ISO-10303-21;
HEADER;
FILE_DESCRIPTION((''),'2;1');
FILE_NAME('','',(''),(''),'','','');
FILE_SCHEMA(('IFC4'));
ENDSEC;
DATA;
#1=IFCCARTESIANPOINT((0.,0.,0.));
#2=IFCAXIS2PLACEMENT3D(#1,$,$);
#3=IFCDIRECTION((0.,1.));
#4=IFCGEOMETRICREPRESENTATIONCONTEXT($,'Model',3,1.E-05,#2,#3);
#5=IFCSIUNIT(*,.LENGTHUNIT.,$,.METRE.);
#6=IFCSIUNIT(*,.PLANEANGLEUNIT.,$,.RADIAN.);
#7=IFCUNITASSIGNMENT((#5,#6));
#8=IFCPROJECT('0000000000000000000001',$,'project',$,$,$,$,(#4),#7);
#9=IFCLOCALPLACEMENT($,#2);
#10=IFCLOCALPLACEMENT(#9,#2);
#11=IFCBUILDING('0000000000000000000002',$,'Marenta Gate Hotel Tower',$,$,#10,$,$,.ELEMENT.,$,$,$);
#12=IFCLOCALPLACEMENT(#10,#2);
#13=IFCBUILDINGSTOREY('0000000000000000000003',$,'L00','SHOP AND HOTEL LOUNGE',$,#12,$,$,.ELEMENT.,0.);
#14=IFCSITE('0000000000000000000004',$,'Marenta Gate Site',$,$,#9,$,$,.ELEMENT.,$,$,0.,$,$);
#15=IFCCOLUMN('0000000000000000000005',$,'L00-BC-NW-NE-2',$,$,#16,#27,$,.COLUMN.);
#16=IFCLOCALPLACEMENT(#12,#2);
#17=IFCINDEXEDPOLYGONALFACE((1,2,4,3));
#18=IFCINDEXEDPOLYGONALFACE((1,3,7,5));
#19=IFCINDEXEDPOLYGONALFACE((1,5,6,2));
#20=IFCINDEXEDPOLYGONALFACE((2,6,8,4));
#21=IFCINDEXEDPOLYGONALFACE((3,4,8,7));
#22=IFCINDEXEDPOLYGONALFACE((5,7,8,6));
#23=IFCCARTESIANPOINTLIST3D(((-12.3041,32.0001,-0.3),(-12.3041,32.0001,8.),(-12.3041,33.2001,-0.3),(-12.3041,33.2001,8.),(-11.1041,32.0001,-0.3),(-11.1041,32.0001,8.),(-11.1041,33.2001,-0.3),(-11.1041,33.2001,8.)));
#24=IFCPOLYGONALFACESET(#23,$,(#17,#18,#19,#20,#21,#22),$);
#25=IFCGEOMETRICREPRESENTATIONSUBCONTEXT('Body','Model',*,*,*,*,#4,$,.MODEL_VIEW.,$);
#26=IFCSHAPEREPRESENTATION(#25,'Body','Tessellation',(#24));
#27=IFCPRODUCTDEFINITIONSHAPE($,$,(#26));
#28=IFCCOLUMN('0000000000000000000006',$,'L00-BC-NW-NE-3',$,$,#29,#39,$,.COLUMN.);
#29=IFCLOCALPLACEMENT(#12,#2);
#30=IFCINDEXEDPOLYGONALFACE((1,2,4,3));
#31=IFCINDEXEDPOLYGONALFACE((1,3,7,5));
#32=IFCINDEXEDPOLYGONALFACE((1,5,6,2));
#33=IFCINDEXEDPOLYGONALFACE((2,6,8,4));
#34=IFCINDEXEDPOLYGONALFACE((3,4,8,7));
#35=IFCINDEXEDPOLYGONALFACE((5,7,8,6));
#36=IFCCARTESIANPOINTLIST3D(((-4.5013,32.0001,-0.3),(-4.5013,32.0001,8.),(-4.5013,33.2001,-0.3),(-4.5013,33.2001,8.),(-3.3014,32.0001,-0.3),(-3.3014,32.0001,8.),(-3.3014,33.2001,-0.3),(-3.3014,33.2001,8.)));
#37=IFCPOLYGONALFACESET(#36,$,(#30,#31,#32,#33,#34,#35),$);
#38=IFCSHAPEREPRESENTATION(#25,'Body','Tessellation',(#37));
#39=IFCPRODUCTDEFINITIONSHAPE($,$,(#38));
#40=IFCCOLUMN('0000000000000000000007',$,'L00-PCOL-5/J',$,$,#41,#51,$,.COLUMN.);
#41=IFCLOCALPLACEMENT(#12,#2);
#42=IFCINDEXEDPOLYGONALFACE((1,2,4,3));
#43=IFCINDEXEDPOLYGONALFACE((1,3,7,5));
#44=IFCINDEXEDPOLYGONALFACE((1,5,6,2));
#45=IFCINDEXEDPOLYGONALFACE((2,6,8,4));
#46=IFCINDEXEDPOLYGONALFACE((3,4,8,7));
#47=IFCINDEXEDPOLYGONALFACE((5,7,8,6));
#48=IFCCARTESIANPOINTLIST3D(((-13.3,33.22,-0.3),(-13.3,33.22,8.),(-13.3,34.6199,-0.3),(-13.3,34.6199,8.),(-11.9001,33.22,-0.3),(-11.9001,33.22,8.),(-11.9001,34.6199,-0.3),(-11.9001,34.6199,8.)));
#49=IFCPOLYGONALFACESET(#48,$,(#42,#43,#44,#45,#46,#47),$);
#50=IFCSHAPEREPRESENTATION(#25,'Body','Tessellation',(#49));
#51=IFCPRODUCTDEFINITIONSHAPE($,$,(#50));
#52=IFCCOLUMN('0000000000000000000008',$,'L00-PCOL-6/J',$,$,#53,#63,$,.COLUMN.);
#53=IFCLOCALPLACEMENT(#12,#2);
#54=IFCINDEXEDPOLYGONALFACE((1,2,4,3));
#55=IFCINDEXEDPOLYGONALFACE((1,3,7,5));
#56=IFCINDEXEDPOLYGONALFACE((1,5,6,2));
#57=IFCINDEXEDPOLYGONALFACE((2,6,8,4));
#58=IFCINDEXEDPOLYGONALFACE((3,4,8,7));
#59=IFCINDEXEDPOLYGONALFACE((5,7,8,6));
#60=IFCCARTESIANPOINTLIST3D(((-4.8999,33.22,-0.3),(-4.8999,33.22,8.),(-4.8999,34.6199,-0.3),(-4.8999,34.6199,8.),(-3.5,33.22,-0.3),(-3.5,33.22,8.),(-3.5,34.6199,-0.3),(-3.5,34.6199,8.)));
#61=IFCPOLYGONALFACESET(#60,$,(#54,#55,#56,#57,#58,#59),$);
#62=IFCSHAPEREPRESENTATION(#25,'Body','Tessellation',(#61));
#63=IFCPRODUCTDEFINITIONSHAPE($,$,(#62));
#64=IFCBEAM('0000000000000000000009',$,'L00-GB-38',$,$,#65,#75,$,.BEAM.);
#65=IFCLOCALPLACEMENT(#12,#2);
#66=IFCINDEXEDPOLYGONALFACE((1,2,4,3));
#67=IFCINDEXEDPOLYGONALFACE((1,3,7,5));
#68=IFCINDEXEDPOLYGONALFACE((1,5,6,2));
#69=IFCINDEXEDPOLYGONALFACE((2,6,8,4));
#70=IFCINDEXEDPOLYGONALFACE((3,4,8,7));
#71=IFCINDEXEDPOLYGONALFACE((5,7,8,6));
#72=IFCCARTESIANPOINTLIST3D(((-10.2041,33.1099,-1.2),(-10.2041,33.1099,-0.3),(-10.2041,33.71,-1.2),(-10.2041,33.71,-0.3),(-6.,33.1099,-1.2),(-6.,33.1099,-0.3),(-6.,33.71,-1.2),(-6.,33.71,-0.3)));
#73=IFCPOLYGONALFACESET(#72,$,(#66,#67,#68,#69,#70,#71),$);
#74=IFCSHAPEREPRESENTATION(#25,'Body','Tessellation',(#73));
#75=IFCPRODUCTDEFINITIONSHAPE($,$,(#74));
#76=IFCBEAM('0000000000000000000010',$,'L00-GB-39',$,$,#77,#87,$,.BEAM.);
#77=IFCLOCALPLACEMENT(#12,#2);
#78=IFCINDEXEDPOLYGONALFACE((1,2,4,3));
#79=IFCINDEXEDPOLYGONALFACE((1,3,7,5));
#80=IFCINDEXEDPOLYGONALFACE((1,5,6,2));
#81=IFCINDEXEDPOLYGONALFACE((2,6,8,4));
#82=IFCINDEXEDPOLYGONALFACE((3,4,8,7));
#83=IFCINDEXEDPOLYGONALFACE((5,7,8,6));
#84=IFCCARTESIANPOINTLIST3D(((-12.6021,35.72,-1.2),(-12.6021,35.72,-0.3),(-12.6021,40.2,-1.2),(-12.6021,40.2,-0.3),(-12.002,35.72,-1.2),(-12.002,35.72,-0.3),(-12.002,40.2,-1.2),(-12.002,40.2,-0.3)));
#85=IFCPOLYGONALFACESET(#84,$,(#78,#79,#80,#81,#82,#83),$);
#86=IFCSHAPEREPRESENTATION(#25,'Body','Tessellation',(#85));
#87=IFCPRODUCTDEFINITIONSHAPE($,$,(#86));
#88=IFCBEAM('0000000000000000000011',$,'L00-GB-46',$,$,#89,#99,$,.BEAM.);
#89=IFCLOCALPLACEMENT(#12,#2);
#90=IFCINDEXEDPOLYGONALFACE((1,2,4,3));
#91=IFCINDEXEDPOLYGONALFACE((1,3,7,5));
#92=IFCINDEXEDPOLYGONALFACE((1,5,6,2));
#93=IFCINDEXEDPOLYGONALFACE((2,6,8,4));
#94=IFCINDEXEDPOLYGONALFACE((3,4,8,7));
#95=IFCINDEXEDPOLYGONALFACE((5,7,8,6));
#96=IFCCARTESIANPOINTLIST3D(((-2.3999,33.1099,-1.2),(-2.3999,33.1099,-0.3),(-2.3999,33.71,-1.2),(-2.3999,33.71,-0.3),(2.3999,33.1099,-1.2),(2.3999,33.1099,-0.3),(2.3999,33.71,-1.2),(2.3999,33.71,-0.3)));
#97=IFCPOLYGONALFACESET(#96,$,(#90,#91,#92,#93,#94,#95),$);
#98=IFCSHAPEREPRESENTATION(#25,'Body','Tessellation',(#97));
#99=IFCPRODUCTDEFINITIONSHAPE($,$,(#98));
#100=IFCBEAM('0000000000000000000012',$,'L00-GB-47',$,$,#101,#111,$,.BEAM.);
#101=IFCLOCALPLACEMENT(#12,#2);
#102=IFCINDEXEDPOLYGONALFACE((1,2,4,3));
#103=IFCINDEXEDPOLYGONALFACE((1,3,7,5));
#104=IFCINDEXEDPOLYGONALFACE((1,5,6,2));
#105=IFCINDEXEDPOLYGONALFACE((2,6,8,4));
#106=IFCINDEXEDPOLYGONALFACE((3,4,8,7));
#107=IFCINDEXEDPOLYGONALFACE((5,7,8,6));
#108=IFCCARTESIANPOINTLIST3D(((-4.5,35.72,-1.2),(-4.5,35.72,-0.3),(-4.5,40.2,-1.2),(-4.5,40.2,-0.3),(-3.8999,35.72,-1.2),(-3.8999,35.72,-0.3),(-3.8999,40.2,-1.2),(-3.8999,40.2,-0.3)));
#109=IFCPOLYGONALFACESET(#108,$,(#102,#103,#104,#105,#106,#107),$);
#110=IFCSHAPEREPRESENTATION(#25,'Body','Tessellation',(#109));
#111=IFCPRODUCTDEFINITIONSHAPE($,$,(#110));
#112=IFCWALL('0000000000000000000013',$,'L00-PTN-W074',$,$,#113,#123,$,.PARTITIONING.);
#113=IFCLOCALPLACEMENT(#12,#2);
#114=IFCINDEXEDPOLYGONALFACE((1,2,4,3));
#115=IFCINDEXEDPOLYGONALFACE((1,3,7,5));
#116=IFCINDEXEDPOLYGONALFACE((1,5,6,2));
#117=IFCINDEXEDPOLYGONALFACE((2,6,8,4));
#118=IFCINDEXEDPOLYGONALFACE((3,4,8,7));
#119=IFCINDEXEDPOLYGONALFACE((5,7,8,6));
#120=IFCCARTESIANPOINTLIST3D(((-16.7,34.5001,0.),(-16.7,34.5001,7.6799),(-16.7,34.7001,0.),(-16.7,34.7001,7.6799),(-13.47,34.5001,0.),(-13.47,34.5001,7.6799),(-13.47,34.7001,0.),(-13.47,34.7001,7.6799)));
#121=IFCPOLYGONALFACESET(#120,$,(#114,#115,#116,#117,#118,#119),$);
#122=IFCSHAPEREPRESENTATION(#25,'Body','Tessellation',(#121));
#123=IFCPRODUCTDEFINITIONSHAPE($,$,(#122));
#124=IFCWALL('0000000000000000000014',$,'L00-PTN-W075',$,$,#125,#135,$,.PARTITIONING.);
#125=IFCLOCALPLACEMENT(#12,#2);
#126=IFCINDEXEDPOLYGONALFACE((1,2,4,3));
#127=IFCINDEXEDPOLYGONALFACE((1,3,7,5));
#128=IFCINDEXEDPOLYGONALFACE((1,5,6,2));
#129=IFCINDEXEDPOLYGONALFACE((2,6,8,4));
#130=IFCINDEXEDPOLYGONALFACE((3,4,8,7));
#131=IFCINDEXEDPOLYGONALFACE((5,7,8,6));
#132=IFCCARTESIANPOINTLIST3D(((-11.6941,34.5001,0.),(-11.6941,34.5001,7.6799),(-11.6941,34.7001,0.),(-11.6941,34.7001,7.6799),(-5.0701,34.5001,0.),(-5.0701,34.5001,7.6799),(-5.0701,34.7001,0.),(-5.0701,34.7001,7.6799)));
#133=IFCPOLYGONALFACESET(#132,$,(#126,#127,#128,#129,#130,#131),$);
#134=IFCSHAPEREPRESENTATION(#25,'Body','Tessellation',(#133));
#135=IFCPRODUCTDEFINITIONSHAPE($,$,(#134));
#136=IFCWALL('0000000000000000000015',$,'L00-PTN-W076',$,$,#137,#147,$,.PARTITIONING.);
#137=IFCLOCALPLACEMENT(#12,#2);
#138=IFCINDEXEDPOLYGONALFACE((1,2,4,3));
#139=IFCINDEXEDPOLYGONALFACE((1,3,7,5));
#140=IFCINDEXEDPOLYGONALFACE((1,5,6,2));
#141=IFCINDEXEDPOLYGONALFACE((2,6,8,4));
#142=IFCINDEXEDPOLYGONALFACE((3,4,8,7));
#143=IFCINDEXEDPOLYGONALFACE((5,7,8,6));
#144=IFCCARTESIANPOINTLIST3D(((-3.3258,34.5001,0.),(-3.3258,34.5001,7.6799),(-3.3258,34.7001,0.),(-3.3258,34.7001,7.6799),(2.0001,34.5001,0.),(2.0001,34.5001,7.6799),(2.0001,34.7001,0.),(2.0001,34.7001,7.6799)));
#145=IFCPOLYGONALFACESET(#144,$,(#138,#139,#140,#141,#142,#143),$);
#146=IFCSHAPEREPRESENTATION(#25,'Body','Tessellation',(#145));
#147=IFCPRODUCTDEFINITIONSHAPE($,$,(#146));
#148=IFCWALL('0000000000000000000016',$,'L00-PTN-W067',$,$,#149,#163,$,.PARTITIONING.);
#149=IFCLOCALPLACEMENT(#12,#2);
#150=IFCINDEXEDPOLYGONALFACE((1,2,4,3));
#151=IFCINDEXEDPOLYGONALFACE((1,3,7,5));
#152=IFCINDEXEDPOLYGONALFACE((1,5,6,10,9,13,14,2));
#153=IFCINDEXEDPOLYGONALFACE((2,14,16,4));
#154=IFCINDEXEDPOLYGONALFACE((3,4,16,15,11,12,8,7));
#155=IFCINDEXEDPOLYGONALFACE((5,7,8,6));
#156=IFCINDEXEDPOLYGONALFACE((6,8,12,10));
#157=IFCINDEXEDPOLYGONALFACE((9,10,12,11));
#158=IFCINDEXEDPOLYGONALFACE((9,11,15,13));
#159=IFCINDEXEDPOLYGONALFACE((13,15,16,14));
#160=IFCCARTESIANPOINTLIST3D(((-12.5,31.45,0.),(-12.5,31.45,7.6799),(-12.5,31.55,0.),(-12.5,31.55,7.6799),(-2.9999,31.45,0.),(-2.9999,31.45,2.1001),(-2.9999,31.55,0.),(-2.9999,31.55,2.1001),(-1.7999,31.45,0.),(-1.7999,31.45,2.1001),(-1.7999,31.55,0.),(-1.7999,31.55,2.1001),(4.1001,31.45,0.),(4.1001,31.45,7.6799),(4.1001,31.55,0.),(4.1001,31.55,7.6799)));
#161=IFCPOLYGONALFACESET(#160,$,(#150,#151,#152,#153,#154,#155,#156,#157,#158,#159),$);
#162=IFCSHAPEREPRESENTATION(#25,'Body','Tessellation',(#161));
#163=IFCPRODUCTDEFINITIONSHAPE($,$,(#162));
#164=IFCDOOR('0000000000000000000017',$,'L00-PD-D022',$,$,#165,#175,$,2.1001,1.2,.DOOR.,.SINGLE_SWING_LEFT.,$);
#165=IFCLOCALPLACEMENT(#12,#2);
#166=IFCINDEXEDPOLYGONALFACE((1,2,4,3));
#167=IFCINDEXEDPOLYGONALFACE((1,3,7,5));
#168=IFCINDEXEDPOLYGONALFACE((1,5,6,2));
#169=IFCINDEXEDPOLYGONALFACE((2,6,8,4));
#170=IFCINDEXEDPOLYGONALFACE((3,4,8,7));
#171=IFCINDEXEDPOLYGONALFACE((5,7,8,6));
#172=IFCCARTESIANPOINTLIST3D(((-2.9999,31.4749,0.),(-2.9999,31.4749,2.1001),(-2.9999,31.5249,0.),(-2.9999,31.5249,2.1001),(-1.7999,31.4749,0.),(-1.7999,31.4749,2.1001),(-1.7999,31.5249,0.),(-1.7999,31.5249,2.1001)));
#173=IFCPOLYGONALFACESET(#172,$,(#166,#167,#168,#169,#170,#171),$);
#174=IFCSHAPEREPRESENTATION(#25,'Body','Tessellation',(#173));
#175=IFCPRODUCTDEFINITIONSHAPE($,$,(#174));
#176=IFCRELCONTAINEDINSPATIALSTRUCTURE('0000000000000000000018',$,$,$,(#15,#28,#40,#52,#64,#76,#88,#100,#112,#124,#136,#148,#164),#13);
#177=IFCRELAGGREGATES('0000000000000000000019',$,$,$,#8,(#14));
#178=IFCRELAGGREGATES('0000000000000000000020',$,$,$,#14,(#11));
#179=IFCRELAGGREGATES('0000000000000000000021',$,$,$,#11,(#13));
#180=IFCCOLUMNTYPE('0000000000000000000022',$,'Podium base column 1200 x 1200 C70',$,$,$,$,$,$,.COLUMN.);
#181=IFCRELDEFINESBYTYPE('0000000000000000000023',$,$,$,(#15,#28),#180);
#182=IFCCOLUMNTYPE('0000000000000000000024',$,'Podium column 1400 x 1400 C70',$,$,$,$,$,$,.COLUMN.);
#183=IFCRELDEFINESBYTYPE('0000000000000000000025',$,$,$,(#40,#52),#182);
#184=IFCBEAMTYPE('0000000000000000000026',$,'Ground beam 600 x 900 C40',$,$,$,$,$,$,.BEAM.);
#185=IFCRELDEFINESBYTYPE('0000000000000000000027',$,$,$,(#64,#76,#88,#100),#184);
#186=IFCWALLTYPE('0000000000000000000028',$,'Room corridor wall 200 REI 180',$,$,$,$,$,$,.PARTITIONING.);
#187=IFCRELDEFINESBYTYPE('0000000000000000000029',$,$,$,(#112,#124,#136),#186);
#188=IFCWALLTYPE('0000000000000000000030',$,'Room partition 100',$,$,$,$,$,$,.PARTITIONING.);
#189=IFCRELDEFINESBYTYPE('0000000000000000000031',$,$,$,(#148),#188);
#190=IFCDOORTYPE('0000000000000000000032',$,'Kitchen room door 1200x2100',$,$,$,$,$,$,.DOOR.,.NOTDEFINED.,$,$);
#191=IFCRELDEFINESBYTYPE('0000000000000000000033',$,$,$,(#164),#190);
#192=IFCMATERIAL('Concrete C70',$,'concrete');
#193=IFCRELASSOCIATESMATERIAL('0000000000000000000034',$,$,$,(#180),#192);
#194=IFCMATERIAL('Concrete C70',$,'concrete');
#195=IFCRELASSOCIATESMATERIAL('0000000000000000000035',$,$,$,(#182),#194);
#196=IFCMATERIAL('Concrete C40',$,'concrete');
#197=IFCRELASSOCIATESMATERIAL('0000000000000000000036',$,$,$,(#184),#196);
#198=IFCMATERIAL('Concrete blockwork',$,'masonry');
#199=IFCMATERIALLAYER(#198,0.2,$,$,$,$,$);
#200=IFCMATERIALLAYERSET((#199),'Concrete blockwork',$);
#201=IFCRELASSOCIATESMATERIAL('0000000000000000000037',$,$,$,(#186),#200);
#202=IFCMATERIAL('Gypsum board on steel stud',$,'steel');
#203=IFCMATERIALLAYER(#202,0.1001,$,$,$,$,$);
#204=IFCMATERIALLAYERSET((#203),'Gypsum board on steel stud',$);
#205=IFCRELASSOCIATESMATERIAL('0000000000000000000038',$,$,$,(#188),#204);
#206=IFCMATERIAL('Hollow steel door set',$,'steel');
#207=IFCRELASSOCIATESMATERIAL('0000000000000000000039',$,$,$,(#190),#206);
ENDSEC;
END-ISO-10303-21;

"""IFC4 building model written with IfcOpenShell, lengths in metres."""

from ifc_helpers import new_model, si_unit, direction, frame, frame_2d, origin, origin_2d, place, context, subcontext, project, spatial, rectangle, extrude, material, layer, layer_set, material_profile, profile_set, type_object, element, fill, save


model = new_model("IFC4")

# Units and contexts
model_context = context("Model", 3, precision=1e-05, world=origin(), true_north=direction((0.0, 1.0)))
body_context = subcontext(model_context, "Body", "Model", "MODEL_VIEW")
ifc_project = project(units=[si_unit("LENGTHUNIT", "METRE"), si_unit("PLANEANGLEUNIT", "RADIAN")], contexts=[model_context])

# Site, building, storey
site_placement = place(None, origin())
site = spatial("IfcSite", under=ifc_project, at=site_placement, Name="Marenta Gate Site", CompositionType="ELEMENT", RefElevation=0.0)
building_placement = place(site_placement, origin())
building = spatial("IfcBuilding", under=site, at=building_placement, Name="Marenta Gate Hotel Tower", CompositionType="ELEMENT")
storey_placement = place(building_placement, origin())
storey = spatial("IfcBuildingStorey", under=building, at=storey_placement, Name="L00", Description="SHOP AND HOTEL LOUNGE", CompositionType="ELEMENT", Elevation=0.0)

# Columns
ifc_material_1 = material(Name="Concrete C70", Category="concrete")
ifc_material_profile_1 = material_profile(ifc_material_1, rectangle(XDim=1.2, YDim=1.2, at=origin_2d()), Name="1200 x 1200")
ifc_profile_set_1 = profile_set([ifc_material_profile_1], Name="Concrete C70")
column_type_1 = type_object("IfcColumnType", Name="Podium base column 1200 x 1200 C70", PredefinedType="COLUMN", material=ifc_profile_set_1)
for number, where, z_axis, x_axis, name in (
    (1, (-11.7041, 32.6001, -0.3), (0.0, 0.0, 1.0), (1.0, 0.0, 0.0), "L00-BC-NW-NE-2"),
    (2, (-3.9014, 32.6001, -0.3), (0.0, 0.0, 1.0), (1.0, 0.0, 0.0), "L00-BC-NW-NE-3"),
):
    element("IfcColumn", number, at=place(storey_placement, frame(where, z_axis=z_axis, x_axis=x_axis)), inside=storey, type_object=column_type_1, Name=name, PredefinedType="COLUMN", context=body_context, shape_type="SweptSolid", body=[
        extrude(rectangle(XDim=1.2, YDim=1.2, at=origin_2d()), origin(), (0.0, 0.0, 1.0), 8.3),
    ])
ifc_material_2 = material(Name="Concrete C70", Category="concrete")
ifc_material_profile_2 = material_profile(ifc_material_2, rectangle(XDim=1.3999, YDim=1.3999, at=origin_2d()), Name="1400 x 1400")
ifc_profile_set_2 = profile_set([ifc_material_profile_2], Name="Concrete C70")
column_type_2 = type_object("IfcColumnType", Name="Podium column 1400 x 1400 C70", PredefinedType="COLUMN", material=ifc_profile_set_2)
for number, where, z_axis, x_axis, name in (
    (3, (-12.6001, 33.9199, -0.3), (0.0, 0.0, 1.0), (1.0, 0.0, 0.0), "L00-PCOL-5/J"),
    (4, (-4.2, 33.9199, -0.3), (0.0, 0.0, 1.0), (1.0, 0.0, 0.0), "L00-PCOL-6/J"),
):
    element("IfcColumn", number, at=place(storey_placement, frame(where, z_axis=z_axis, x_axis=x_axis)), inside=storey, type_object=column_type_2, Name=name, PredefinedType="COLUMN", context=body_context, shape_type="SweptSolid", body=[
        extrude(rectangle(XDim=1.3999, YDim=1.3999, at=origin_2d()), origin(), (0.0, 0.0, 1.0), 8.3),
    ])

# Beams
ifc_material_3 = material(Name="Concrete C40", Category="concrete")
ifc_material_profile_3 = material_profile(ifc_material_3, rectangle(XDim=0.6001, YDim=0.8999, at=origin_2d()), Name="600 x 900")
ifc_profile_set_3 = profile_set([ifc_material_profile_3], Name="Concrete C40")
beam_type = type_object("IfcBeamType", Name="Ground beam 600 x 900 C40", PredefinedType="BEAM", material=ifc_profile_set_3)
beam_1_placement = place(storey_placement, frame((-10.2041, 33.4099, -0.75), z_axis=(1.0, 0.0, 0.0), x_axis=(0.0, 1.0, 0.0)))
element("IfcBeam", 5, at=beam_1_placement, inside=storey, type_object=beam_type, Name="L00-GB-38", PredefinedType="BEAM", context=body_context, shape_type="SweptSolid", body=[
    extrude(rectangle(XDim=0.6001, YDim=0.8999, at=origin_2d()), origin(), (0.0, 0.0, 1.0), 4.2041),
])
beam_2_placement = place(storey_placement, frame((-12.302, 35.72, -0.75), z_axis=(0.0, 1.0, 0.0), x_axis=(-1.0, 0.0, 0.0)))
element("IfcBeam", 6, at=beam_2_placement, inside=storey, type_object=beam_type, Name="L00-GB-39", PredefinedType="BEAM", context=body_context, shape_type="SweptSolid", body=[
    extrude(rectangle(XDim=0.6001, YDim=0.8999, at=origin_2d()), origin(), (0.0, 0.0, 1.0), 4.48),
])
beam_3_placement = place(storey_placement, frame((-2.3999, 33.4099, -0.75), z_axis=(1.0, 0.0, 0.0), x_axis=(0.0, 1.0, 0.0)))
element("IfcBeam", 7, at=beam_3_placement, inside=storey, type_object=beam_type, Name="L00-GB-46", PredefinedType="BEAM", context=body_context, shape_type="SweptSolid", body=[
    extrude(rectangle(XDim=0.6001, YDim=0.8999, at=origin_2d()), origin(), (0.0, 0.0, 1.0), 4.7998),
])
beam_4_placement = place(storey_placement, frame((-4.2, 35.72, -0.75), z_axis=(0.0, 1.0, 0.0), x_axis=(-1.0, 0.0, 0.0)))
element("IfcBeam", 8, at=beam_4_placement, inside=storey, type_object=beam_type, Name="L00-GB-47", PredefinedType="BEAM", context=body_context, shape_type="SweptSolid", body=[
    extrude(rectangle(XDim=0.6001, YDim=0.8999, at=origin_2d()), origin(), (0.0, 0.0, 1.0), 4.48),
])

# Walls
ifc_material_4 = material(Name="Concrete blockwork", Category="masonry")
ifc_layer_1 = layer(ifc_material_4, 0.2)
ifc_layer_set_1 = layer_set([ifc_layer_1], Name="Concrete blockwork")
wall_type_1 = type_object("IfcWallType", Name="Room corridor wall 200 REI 180", PredefinedType="PARTITIONING", material=ifc_layer_set_1)
wall_1_placement = place(storey_placement, frame((-16.7, 34.6001, 0.0), z_axis=(0.0, 0.0, 1.0), x_axis=(1.0, 0.0, 0.0)))
element("IfcWall", 9, at=wall_1_placement, inside=storey, type_object=wall_type_1, Name="L00-PTN-W074", PredefinedType="PARTITIONING", context=body_context, shape_type="SweptSolid", body=[
    extrude(rectangle(XDim=3.23, YDim=0.2, at=frame_2d((1.615, 0.0))), origin(), (0.0, 0.0, 1.0), 7.6799),
])
wall_2_placement = place(storey_placement, frame((-11.6941, 34.6001, 0.0), z_axis=(0.0, 0.0, 1.0), x_axis=(1.0, 0.0, 0.0)))
element("IfcWall", 10, at=wall_2_placement, inside=storey, type_object=wall_type_1, Name="L00-PTN-W075", PredefinedType="PARTITIONING", context=body_context, shape_type="SweptSolid", body=[
    extrude(rectangle(XDim=6.624, YDim=0.2, at=frame_2d((3.312, 0.0))), origin(), (0.0, 0.0, 1.0), 7.6799),
])
wall_3_placement = place(storey_placement, frame((-3.3259, 34.6001, 0.0), z_axis=(0.0, 0.0, 1.0), x_axis=(1.0, 0.0, 0.0)))
element("IfcWall", 11, at=wall_3_placement, inside=storey, type_object=wall_type_1, Name="L00-PTN-W076", PredefinedType="PARTITIONING", context=body_context, shape_type="SweptSolid", body=[
    extrude(rectangle(XDim=5.3259, YDim=0.2, at=frame_2d((2.6631, 0.0))), origin(), (0.0, 0.0, 1.0), 7.6799),
])

# Wall, opening, door
ifc_material_5 = material(Name="Gypsum board on steel stud", Category="steel")
ifc_layer_2 = layer(ifc_material_5, 0.1001)
ifc_layer_set_2 = layer_set([ifc_layer_2], Name="Gypsum board on steel stud")
wall_type_2 = type_object("IfcWallType", Name="Room partition 100", PredefinedType="PARTITIONING", material=ifc_layer_set_2)
wall_4_placement = place(storey_placement, frame((-12.5, 31.5, 0.0), z_axis=(0.0, 0.0, 1.0), x_axis=(1.0, 0.0, 0.0)))
wall_4 = element("IfcWall", 12, at=wall_4_placement, inside=storey, type_object=wall_type_2, Name="L00-PTN-W067", PredefinedType="PARTITIONING", context=body_context, shape_type="SweptSolid", body=[
    extrude(rectangle(XDim=16.6001, YDim=0.1001, at=frame_2d((8.3, 0.0))), origin(), (0.0, 0.0, 1.0), 7.6799),
])
opening_placement = place(wall_4_placement, frame((9.5, 0.0, 0.0)))
opening = element("IfcOpeningElement", 13, at=opening_placement, cuts=wall_4, PredefinedType="OPENING", context=body_context, shape_type="SweptSolid", body=[
    extrude(rectangle(XDim=1.2, YDim=2.1001, at=frame_2d((0.6001, 1.05))), frame((0.0, 0.05, 0.0), z_axis=(0.0, -1.0, 0.0), x_axis=(1.0, 0.0, 0.0)), (0.0, 0.0, 1.0), 0.1001),
])
ifc_material_6 = material(Name="Hollow steel door set", Category="steel")
door_type = type_object("IfcDoorType", Name="Kitchen room door 1200x2100", OperationType="NOTDEFINED", PredefinedType="DOOR", material=ifc_material_6)
door_placement = place(opening_placement, origin())
door = element("IfcDoor", 14, at=door_placement, inside=storey, type_object=door_type, Name="L00-PD-D022", OperationType="SINGLE_SWING_LEFT", OverallHeight=2.1001, OverallWidth=1.2, PredefinedType="DOOR", context=body_context, shape_type="SweptSolid", body=[
    extrude(rectangle(XDim=1.2, YDim=2.1001, at=frame_2d((0.6001, 1.05))), frame((0.0, 0.0249, 0.0), z_axis=(0.0, -1.0, 0.0), x_axis=(1.0, 0.0, 0.0)), (0.0, 0.0, 1.0), 0.05),
])
fill(opening, door)

save(model, "model.ifc")
